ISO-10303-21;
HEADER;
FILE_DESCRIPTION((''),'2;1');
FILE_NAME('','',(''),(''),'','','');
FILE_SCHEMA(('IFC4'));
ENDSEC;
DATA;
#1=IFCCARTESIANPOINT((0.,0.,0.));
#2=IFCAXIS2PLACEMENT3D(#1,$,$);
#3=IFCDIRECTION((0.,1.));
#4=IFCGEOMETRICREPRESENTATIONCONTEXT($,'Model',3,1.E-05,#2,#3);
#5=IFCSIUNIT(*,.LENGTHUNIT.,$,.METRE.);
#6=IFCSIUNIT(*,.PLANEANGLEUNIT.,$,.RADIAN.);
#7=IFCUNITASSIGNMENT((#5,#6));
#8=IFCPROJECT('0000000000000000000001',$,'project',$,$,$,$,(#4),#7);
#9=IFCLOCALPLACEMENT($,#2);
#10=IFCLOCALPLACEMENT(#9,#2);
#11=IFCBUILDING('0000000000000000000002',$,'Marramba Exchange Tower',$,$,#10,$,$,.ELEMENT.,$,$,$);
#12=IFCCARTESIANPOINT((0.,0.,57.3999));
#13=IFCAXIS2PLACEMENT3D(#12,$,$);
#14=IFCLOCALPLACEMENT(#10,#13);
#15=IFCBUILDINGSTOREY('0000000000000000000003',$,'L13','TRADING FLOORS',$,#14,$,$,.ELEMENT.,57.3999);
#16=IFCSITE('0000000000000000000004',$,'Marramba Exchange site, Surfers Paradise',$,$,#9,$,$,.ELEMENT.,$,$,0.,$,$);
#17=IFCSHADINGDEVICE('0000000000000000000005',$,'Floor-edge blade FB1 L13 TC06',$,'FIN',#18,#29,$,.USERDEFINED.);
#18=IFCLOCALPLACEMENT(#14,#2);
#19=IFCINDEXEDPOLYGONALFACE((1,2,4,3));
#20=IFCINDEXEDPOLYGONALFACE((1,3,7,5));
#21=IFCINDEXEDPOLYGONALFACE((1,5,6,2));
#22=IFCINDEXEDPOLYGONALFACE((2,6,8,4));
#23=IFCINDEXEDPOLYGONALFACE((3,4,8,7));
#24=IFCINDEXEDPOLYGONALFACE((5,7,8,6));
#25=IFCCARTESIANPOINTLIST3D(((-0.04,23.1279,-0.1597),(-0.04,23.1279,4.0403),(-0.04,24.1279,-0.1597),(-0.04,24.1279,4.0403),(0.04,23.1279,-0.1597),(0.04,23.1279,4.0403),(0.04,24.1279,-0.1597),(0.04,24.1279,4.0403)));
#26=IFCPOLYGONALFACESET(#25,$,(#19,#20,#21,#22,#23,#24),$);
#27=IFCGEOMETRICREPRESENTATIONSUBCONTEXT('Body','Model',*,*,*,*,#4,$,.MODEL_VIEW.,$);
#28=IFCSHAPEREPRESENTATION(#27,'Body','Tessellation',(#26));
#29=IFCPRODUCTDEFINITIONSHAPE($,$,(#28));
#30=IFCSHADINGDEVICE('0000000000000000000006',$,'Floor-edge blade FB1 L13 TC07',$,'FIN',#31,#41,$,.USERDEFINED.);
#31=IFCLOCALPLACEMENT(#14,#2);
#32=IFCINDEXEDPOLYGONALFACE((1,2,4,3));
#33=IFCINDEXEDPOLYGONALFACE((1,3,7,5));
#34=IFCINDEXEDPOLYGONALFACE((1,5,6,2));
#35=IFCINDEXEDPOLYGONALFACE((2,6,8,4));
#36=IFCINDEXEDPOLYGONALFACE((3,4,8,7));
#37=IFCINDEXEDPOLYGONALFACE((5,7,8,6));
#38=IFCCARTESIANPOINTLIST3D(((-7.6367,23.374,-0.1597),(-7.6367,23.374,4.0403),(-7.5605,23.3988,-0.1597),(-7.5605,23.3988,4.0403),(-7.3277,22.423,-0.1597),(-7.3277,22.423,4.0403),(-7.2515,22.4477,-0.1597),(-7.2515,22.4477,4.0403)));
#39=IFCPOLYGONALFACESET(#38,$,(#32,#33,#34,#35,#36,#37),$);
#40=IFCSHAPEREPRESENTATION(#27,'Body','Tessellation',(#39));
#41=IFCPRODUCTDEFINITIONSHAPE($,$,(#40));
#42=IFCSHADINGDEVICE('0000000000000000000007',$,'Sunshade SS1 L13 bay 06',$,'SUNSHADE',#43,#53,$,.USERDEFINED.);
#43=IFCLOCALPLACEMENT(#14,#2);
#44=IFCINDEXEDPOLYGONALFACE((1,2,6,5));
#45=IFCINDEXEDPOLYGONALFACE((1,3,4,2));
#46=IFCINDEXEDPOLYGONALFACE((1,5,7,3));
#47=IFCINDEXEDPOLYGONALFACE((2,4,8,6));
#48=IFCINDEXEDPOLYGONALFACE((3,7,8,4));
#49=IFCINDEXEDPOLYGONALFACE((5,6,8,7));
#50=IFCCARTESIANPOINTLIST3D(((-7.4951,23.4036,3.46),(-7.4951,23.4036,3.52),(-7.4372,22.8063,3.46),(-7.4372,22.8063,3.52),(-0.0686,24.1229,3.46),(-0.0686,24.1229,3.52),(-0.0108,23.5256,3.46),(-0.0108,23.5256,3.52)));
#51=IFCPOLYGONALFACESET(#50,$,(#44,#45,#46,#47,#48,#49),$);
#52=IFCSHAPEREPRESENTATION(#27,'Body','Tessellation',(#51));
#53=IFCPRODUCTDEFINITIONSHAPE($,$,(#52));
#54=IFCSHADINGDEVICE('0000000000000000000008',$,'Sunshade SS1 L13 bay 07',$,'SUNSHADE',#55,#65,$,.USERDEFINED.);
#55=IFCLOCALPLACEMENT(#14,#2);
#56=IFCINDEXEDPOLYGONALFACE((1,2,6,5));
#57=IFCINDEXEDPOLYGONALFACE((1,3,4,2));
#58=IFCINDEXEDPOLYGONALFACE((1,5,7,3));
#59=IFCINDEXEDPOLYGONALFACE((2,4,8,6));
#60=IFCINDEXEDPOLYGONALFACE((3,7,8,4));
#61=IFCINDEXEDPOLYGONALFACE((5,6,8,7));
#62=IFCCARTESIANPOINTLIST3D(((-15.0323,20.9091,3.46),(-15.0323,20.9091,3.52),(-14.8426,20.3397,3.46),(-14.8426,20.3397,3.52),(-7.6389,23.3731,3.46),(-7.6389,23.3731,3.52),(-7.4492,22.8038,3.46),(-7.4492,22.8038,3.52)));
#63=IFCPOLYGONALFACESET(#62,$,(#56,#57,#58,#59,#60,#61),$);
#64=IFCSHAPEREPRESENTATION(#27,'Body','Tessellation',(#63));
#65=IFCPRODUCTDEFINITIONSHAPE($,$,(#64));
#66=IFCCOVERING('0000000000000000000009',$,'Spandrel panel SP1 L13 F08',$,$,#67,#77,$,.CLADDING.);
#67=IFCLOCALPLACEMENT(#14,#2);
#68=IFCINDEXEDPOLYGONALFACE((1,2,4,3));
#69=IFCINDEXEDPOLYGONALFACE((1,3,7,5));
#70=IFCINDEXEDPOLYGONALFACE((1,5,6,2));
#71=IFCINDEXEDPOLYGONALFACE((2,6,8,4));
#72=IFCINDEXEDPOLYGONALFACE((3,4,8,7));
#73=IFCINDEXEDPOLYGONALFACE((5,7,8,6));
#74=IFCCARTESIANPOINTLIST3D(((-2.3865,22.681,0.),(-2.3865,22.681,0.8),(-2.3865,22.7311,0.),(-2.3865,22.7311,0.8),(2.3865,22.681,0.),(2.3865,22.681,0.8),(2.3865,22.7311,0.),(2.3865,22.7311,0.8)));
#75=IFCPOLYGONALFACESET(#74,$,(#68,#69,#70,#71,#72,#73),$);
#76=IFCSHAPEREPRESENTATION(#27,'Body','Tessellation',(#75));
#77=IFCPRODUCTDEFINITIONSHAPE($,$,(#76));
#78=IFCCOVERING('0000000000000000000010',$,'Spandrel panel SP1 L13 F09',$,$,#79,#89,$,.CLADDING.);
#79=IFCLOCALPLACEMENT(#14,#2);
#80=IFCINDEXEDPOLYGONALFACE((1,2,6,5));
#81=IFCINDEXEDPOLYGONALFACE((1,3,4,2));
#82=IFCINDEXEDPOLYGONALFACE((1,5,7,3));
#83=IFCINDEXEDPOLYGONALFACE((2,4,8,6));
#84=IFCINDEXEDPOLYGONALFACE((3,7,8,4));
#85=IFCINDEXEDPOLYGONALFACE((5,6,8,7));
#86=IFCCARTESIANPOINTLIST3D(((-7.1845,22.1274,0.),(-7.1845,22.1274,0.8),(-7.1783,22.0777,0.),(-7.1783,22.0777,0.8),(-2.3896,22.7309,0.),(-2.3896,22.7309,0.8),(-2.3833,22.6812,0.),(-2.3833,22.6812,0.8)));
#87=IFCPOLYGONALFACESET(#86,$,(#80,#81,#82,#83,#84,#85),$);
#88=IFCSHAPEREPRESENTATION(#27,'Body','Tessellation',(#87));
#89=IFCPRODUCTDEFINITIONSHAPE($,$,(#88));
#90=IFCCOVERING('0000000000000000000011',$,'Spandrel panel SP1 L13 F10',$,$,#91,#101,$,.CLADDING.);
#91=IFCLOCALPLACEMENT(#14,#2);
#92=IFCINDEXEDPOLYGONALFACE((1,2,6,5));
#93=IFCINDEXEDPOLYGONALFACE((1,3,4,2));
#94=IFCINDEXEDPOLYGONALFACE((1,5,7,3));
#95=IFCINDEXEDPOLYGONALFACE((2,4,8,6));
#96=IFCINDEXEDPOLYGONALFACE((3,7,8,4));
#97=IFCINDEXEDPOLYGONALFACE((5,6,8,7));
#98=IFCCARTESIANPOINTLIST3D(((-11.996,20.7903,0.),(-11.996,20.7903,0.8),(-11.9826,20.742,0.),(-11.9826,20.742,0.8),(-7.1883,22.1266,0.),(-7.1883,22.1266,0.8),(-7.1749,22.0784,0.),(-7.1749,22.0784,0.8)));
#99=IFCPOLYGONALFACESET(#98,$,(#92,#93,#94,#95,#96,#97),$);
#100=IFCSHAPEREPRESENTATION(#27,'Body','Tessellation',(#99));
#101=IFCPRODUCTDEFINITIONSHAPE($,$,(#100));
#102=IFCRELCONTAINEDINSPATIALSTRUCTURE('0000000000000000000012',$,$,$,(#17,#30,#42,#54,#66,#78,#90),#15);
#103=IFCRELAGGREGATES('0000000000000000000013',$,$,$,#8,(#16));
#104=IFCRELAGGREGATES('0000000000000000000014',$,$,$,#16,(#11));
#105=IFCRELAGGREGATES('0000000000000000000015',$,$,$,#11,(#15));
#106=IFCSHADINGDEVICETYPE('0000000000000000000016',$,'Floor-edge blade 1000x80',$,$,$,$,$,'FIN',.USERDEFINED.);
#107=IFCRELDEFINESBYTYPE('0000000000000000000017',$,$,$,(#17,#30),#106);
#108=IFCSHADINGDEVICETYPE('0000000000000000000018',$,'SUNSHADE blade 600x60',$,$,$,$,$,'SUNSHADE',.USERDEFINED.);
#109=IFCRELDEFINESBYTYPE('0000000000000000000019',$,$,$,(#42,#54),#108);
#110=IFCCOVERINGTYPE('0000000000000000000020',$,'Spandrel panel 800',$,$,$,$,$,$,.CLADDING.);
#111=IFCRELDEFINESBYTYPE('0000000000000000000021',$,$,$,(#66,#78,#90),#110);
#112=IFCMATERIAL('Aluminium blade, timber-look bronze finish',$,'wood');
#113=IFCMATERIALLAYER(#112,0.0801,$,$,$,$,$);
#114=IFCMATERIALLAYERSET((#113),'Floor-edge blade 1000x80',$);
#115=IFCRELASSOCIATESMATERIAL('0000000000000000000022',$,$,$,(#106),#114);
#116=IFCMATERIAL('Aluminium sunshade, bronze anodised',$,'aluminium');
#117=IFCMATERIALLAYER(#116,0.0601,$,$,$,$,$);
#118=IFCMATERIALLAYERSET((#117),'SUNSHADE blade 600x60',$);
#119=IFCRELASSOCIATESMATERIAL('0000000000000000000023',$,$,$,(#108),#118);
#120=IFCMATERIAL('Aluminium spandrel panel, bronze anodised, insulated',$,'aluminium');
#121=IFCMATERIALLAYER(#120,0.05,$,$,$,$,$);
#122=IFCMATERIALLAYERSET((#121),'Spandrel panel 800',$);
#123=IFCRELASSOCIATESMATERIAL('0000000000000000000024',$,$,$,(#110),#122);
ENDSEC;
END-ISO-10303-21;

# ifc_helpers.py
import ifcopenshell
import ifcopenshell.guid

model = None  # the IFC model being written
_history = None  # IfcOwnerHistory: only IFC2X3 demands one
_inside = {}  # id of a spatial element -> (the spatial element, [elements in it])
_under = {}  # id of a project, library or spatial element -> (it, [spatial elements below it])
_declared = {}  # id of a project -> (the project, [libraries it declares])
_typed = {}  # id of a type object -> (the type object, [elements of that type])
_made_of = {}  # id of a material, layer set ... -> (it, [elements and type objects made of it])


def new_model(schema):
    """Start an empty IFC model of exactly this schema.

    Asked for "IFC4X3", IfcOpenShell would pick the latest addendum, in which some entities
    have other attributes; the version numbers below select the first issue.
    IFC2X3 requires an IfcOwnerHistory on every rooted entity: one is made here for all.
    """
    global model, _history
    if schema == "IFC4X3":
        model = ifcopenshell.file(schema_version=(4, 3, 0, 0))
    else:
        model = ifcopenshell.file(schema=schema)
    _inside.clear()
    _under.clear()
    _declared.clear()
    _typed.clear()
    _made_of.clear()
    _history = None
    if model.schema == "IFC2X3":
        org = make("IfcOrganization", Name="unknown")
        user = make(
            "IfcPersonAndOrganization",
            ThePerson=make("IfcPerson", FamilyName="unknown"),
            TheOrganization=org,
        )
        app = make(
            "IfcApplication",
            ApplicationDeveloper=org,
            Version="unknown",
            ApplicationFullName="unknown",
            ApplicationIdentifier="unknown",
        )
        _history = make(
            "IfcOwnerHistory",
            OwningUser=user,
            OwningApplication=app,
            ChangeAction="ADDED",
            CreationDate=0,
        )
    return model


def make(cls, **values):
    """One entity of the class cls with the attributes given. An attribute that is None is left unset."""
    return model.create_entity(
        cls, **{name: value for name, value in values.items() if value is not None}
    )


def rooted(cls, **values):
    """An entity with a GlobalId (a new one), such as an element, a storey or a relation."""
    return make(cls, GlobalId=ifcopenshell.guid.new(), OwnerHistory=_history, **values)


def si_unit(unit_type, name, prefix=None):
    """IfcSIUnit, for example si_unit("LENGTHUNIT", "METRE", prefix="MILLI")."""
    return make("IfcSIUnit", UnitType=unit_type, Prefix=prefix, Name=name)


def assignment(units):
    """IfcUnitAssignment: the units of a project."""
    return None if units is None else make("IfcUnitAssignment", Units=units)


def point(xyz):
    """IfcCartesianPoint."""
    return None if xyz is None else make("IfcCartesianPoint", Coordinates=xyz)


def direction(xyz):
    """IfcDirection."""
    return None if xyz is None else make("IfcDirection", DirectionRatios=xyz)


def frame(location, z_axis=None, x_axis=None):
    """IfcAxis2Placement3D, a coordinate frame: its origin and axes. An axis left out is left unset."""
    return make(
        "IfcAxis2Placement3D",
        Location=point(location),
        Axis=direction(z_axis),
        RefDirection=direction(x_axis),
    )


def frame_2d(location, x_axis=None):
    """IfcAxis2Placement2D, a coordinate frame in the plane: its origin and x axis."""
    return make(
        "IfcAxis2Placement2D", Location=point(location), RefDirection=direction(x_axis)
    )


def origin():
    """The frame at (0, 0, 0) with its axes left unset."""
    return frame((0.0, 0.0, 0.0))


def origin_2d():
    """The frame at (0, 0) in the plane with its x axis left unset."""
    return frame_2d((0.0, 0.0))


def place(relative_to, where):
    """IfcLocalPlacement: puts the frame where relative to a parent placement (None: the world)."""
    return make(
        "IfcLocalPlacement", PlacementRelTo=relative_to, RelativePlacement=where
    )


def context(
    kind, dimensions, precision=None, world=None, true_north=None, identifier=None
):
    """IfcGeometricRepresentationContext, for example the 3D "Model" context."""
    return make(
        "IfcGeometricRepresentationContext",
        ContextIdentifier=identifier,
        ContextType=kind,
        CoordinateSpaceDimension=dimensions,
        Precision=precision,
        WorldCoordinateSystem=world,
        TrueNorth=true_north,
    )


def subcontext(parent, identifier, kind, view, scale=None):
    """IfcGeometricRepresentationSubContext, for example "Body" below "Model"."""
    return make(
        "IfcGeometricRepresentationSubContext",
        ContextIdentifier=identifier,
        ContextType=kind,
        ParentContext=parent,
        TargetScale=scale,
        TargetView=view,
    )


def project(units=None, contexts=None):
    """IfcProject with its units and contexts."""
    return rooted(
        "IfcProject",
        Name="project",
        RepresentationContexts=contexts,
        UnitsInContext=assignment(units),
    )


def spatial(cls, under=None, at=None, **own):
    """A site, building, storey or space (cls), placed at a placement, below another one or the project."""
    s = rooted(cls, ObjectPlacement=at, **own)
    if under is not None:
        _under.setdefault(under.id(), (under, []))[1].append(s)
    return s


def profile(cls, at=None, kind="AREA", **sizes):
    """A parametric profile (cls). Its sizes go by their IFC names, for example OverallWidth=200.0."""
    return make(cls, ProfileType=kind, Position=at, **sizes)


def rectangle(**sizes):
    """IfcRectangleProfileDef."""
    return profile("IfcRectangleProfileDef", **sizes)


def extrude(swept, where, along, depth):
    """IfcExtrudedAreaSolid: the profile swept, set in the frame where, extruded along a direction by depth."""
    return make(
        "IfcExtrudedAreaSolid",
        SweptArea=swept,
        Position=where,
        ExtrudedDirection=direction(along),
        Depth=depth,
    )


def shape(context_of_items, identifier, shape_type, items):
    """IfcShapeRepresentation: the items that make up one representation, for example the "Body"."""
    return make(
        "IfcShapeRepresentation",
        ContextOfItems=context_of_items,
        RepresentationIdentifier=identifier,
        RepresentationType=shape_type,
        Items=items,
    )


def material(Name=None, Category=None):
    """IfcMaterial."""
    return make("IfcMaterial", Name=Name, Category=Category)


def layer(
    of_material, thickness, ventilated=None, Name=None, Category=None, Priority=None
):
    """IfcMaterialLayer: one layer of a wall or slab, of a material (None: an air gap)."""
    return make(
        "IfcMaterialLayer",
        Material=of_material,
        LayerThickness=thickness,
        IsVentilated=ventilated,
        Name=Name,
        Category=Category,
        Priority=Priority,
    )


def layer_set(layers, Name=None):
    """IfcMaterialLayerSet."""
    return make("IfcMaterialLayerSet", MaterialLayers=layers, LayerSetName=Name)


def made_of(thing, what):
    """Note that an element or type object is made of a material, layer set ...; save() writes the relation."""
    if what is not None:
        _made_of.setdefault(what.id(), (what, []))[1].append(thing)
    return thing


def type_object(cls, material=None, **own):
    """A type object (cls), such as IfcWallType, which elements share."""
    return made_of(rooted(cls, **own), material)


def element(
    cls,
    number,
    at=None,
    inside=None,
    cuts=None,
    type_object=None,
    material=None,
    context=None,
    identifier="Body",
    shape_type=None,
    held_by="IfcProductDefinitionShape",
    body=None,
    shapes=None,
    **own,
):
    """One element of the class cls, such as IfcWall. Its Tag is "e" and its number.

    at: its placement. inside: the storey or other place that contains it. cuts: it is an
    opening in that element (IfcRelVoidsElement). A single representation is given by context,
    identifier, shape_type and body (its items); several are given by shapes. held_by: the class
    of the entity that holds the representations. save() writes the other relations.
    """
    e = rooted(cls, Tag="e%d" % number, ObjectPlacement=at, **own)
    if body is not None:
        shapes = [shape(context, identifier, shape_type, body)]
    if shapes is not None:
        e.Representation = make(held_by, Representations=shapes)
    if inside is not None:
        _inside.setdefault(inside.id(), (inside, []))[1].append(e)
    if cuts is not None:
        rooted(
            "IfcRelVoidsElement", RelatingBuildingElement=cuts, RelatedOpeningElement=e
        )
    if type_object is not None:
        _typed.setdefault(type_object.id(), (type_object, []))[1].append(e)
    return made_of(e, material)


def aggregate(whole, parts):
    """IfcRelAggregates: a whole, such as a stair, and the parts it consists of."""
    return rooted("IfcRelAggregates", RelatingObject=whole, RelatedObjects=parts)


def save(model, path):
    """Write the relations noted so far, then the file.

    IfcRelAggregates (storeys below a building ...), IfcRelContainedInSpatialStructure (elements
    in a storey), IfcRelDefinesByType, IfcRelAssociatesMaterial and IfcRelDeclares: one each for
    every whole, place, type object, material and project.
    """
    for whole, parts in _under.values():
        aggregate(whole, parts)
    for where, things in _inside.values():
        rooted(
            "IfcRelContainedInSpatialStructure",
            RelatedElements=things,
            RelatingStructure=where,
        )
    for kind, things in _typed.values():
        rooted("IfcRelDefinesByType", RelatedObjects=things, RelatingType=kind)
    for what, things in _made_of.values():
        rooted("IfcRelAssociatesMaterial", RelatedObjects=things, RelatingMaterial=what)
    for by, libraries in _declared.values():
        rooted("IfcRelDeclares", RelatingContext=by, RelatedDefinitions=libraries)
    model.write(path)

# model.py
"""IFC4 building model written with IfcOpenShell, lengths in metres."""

from ifc_helpers import new_model, si_unit, direction, frame, origin, origin_2d, place, context, subcontext, project, spatial, rectangle, extrude, material, layer, layer_set, type_object, element, save


model = new_model("IFC4")

# Units and contexts
model_context = context("Model", 3, precision=1e-05, world=origin(), true_north=direction((0.0, 1.0)))
body_context = subcontext(model_context, "Body", "Model", "MODEL_VIEW")
ifc_project = project(units=[si_unit("LENGTHUNIT", "METRE"), si_unit("PLANEANGLEUNIT", "RADIAN")], contexts=[model_context])

# Site, building, storey
site_placement = place(None, origin())
site = spatial("IfcSite", under=ifc_project, at=site_placement, Name="Marramba Exchange site, Surfers Paradise", CompositionType="ELEMENT", RefElevation=0.0)
building_placement = place(site_placement, origin())
building = spatial("IfcBuilding", under=site, at=building_placement, Name="Marramba Exchange Tower", CompositionType="ELEMENT")
storey_placement = place(building_placement, frame((0.0, 0.0, 57.3999)))
storey = spatial("IfcBuildingStorey", under=building, at=storey_placement, Name="L13", Description="TRADING FLOORS", CompositionType="ELEMENT", Elevation=57.3999)

# Shading devices
ifc_material_1 = material(Name="Aluminium blade, timber-look bronze finish", Category="wood")
ifc_layer_1 = layer(ifc_material_1, 0.0801)
ifc_layer_set_1 = layer_set([ifc_layer_1], Name="Floor-edge blade 1000x80")
shading_device_type_1 = type_object("IfcShadingDeviceType", Name="Floor-edge blade 1000x80", ElementType="FIN", PredefinedType="USERDEFINED", material=ifc_layer_set_1)
for number, where, z_axis, x_axis, name in (
    (1, (0.0, 23.6279, -0.1597), (0.0, 0.0, 1.0), (0.0, 1.0, 0.0), "Floor-edge blade FB1 L13 TC06"),
    (2, (-7.4441, 22.9109, -0.1597), (0.0, 0.0, 1.0), (-0.309017, 0.951057, 0.0), "Floor-edge blade FB1 L13 TC07"),
):
    element("IfcShadingDevice", number, at=place(storey_placement, frame(where, z_axis=z_axis, x_axis=x_axis)), inside=storey, type_object=shading_device_type_1, Name=name, ObjectType="FIN", PredefinedType="USERDEFINED", context=body_context, shape_type="SweptSolid", body=[
        extrude(rectangle(XDim=1.0, YDim=0.0801, at=origin_2d()), origin(), (0.0, 0.0, 1.0), 4.2),
    ])
ifc_material_2 = material(Name="Aluminium sunshade, bronze anodised", Category="aluminium")
ifc_layer_2 = layer(ifc_material_2, 0.0601)
ifc_layer_set_2 = layer_set([ifc_layer_2], Name="SUNSHADE blade 600x60")
shading_device_type_2 = type_object("IfcShadingDeviceType", Name="SUNSHADE blade 600x60", ElementType="SUNSHADE", PredefinedType="USERDEFINED", material=ifc_layer_set_2)
shading_device_1_placement = place(storey_placement, frame((-3.7529, 23.4646, 3.46), z_axis=(0.0, 0.0, 1.0), x_axis=(-0.995343, -0.096398, 0.0)))
element("IfcShadingDevice", 3, at=shading_device_1_placement, inside=storey, type_object=shading_device_type_2, Name="Sunshade SS1 L13 bay 06", ObjectType="SUNSHADE", PredefinedType="USERDEFINED", context=body_context, shape_type="SweptSolid", body=[
    extrude(rectangle(XDim=7.4612, YDim=0.6001, at=origin_2d()), origin(), (0.0, 0.0, 1.0), 0.0601),
])
shading_device_2_placement = place(storey_placement, frame((-11.2407, 21.8564, 3.46), z_axis=(0.0, 0.0, 1.0), x_axis=(-0.948698, -0.316184, 0.0)))
element("IfcShadingDevice", 4, at=shading_device_2_placement, inside=storey, type_object=shading_device_type_2, Name="Sunshade SS1 L13 bay 07", ObjectType="SUNSHADE", PredefinedType="USERDEFINED", context=body_context, shape_type="SweptSolid", body=[
    extrude(rectangle(XDim=7.7932, YDim=0.6001, at=origin_2d()), origin(), (0.0, 0.0, 1.0), 0.0601),
])

# Coverings
ifc_material_3 = material(Name="Aluminium spandrel panel, bronze anodised, insulated", Category="aluminium")
ifc_layer_3 = layer(ifc_material_3, 0.05)
ifc_layer_set_3 = layer_set([ifc_layer_3], Name="Spandrel panel 800")
covering_type = type_object("IfcCoveringType", Name="Spandrel panel 800", PredefinedType="CLADDING", material=ifc_layer_set_3)
covering_1_placement = place(storey_placement, frame((0.0, 22.7061, 0.0), z_axis=(0.0, 0.0, 1.0), x_axis=(-1.0, 0.0, 0.0)))
element("IfcCovering", 5, at=covering_1_placement, inside=storey, type_object=covering_type, Name="Spandrel panel SP1 L13 F08", PredefinedType="CLADDING", context=body_context, shape_type="SweptSolid", body=[
    extrude(rectangle(XDim=4.7729, YDim=0.05, at=origin_2d()), origin(), (0.0, 0.0, 1.0), 0.8),
])
covering_2_placement = place(storey_placement, frame((-4.7839, 22.4043, 0.0), z_axis=(0.0, 0.0, 1.0), x_axis=(-0.992173, -0.124873, 0.0)))
element("IfcCovering", 6, at=covering_2_placement, inside=storey, type_object=covering_type, Name="Spandrel panel SP1 L13 F09", PredefinedType="CLADDING", context=body_context, shape_type="SweptSolid", body=[
    extrude(rectangle(XDim=4.8328, YDim=0.05, at=origin_2d()), origin(), (0.0, 0.0, 1.0), 0.8),
])
covering_3_placement = place(storey_placement, frame((-9.5854, 21.4343, 0.0), z_axis=(0.0, 0.0, 1.0), x_axis=(-0.963472, -0.267809, 0.0)))
element("IfcCovering", 7, at=covering_3_placement, inside=storey, type_object=covering_type, Name="Spandrel panel SP1 L13 F10", PredefinedType="CLADDING", context=body_context, shape_type="SweptSolid", body=[
    extrude(rectangle(XDim=4.99, YDim=0.05, at=origin_2d()), origin(), (0.0, 0.0, 1.0), 0.8),
])

save(model, "model.ifc")
